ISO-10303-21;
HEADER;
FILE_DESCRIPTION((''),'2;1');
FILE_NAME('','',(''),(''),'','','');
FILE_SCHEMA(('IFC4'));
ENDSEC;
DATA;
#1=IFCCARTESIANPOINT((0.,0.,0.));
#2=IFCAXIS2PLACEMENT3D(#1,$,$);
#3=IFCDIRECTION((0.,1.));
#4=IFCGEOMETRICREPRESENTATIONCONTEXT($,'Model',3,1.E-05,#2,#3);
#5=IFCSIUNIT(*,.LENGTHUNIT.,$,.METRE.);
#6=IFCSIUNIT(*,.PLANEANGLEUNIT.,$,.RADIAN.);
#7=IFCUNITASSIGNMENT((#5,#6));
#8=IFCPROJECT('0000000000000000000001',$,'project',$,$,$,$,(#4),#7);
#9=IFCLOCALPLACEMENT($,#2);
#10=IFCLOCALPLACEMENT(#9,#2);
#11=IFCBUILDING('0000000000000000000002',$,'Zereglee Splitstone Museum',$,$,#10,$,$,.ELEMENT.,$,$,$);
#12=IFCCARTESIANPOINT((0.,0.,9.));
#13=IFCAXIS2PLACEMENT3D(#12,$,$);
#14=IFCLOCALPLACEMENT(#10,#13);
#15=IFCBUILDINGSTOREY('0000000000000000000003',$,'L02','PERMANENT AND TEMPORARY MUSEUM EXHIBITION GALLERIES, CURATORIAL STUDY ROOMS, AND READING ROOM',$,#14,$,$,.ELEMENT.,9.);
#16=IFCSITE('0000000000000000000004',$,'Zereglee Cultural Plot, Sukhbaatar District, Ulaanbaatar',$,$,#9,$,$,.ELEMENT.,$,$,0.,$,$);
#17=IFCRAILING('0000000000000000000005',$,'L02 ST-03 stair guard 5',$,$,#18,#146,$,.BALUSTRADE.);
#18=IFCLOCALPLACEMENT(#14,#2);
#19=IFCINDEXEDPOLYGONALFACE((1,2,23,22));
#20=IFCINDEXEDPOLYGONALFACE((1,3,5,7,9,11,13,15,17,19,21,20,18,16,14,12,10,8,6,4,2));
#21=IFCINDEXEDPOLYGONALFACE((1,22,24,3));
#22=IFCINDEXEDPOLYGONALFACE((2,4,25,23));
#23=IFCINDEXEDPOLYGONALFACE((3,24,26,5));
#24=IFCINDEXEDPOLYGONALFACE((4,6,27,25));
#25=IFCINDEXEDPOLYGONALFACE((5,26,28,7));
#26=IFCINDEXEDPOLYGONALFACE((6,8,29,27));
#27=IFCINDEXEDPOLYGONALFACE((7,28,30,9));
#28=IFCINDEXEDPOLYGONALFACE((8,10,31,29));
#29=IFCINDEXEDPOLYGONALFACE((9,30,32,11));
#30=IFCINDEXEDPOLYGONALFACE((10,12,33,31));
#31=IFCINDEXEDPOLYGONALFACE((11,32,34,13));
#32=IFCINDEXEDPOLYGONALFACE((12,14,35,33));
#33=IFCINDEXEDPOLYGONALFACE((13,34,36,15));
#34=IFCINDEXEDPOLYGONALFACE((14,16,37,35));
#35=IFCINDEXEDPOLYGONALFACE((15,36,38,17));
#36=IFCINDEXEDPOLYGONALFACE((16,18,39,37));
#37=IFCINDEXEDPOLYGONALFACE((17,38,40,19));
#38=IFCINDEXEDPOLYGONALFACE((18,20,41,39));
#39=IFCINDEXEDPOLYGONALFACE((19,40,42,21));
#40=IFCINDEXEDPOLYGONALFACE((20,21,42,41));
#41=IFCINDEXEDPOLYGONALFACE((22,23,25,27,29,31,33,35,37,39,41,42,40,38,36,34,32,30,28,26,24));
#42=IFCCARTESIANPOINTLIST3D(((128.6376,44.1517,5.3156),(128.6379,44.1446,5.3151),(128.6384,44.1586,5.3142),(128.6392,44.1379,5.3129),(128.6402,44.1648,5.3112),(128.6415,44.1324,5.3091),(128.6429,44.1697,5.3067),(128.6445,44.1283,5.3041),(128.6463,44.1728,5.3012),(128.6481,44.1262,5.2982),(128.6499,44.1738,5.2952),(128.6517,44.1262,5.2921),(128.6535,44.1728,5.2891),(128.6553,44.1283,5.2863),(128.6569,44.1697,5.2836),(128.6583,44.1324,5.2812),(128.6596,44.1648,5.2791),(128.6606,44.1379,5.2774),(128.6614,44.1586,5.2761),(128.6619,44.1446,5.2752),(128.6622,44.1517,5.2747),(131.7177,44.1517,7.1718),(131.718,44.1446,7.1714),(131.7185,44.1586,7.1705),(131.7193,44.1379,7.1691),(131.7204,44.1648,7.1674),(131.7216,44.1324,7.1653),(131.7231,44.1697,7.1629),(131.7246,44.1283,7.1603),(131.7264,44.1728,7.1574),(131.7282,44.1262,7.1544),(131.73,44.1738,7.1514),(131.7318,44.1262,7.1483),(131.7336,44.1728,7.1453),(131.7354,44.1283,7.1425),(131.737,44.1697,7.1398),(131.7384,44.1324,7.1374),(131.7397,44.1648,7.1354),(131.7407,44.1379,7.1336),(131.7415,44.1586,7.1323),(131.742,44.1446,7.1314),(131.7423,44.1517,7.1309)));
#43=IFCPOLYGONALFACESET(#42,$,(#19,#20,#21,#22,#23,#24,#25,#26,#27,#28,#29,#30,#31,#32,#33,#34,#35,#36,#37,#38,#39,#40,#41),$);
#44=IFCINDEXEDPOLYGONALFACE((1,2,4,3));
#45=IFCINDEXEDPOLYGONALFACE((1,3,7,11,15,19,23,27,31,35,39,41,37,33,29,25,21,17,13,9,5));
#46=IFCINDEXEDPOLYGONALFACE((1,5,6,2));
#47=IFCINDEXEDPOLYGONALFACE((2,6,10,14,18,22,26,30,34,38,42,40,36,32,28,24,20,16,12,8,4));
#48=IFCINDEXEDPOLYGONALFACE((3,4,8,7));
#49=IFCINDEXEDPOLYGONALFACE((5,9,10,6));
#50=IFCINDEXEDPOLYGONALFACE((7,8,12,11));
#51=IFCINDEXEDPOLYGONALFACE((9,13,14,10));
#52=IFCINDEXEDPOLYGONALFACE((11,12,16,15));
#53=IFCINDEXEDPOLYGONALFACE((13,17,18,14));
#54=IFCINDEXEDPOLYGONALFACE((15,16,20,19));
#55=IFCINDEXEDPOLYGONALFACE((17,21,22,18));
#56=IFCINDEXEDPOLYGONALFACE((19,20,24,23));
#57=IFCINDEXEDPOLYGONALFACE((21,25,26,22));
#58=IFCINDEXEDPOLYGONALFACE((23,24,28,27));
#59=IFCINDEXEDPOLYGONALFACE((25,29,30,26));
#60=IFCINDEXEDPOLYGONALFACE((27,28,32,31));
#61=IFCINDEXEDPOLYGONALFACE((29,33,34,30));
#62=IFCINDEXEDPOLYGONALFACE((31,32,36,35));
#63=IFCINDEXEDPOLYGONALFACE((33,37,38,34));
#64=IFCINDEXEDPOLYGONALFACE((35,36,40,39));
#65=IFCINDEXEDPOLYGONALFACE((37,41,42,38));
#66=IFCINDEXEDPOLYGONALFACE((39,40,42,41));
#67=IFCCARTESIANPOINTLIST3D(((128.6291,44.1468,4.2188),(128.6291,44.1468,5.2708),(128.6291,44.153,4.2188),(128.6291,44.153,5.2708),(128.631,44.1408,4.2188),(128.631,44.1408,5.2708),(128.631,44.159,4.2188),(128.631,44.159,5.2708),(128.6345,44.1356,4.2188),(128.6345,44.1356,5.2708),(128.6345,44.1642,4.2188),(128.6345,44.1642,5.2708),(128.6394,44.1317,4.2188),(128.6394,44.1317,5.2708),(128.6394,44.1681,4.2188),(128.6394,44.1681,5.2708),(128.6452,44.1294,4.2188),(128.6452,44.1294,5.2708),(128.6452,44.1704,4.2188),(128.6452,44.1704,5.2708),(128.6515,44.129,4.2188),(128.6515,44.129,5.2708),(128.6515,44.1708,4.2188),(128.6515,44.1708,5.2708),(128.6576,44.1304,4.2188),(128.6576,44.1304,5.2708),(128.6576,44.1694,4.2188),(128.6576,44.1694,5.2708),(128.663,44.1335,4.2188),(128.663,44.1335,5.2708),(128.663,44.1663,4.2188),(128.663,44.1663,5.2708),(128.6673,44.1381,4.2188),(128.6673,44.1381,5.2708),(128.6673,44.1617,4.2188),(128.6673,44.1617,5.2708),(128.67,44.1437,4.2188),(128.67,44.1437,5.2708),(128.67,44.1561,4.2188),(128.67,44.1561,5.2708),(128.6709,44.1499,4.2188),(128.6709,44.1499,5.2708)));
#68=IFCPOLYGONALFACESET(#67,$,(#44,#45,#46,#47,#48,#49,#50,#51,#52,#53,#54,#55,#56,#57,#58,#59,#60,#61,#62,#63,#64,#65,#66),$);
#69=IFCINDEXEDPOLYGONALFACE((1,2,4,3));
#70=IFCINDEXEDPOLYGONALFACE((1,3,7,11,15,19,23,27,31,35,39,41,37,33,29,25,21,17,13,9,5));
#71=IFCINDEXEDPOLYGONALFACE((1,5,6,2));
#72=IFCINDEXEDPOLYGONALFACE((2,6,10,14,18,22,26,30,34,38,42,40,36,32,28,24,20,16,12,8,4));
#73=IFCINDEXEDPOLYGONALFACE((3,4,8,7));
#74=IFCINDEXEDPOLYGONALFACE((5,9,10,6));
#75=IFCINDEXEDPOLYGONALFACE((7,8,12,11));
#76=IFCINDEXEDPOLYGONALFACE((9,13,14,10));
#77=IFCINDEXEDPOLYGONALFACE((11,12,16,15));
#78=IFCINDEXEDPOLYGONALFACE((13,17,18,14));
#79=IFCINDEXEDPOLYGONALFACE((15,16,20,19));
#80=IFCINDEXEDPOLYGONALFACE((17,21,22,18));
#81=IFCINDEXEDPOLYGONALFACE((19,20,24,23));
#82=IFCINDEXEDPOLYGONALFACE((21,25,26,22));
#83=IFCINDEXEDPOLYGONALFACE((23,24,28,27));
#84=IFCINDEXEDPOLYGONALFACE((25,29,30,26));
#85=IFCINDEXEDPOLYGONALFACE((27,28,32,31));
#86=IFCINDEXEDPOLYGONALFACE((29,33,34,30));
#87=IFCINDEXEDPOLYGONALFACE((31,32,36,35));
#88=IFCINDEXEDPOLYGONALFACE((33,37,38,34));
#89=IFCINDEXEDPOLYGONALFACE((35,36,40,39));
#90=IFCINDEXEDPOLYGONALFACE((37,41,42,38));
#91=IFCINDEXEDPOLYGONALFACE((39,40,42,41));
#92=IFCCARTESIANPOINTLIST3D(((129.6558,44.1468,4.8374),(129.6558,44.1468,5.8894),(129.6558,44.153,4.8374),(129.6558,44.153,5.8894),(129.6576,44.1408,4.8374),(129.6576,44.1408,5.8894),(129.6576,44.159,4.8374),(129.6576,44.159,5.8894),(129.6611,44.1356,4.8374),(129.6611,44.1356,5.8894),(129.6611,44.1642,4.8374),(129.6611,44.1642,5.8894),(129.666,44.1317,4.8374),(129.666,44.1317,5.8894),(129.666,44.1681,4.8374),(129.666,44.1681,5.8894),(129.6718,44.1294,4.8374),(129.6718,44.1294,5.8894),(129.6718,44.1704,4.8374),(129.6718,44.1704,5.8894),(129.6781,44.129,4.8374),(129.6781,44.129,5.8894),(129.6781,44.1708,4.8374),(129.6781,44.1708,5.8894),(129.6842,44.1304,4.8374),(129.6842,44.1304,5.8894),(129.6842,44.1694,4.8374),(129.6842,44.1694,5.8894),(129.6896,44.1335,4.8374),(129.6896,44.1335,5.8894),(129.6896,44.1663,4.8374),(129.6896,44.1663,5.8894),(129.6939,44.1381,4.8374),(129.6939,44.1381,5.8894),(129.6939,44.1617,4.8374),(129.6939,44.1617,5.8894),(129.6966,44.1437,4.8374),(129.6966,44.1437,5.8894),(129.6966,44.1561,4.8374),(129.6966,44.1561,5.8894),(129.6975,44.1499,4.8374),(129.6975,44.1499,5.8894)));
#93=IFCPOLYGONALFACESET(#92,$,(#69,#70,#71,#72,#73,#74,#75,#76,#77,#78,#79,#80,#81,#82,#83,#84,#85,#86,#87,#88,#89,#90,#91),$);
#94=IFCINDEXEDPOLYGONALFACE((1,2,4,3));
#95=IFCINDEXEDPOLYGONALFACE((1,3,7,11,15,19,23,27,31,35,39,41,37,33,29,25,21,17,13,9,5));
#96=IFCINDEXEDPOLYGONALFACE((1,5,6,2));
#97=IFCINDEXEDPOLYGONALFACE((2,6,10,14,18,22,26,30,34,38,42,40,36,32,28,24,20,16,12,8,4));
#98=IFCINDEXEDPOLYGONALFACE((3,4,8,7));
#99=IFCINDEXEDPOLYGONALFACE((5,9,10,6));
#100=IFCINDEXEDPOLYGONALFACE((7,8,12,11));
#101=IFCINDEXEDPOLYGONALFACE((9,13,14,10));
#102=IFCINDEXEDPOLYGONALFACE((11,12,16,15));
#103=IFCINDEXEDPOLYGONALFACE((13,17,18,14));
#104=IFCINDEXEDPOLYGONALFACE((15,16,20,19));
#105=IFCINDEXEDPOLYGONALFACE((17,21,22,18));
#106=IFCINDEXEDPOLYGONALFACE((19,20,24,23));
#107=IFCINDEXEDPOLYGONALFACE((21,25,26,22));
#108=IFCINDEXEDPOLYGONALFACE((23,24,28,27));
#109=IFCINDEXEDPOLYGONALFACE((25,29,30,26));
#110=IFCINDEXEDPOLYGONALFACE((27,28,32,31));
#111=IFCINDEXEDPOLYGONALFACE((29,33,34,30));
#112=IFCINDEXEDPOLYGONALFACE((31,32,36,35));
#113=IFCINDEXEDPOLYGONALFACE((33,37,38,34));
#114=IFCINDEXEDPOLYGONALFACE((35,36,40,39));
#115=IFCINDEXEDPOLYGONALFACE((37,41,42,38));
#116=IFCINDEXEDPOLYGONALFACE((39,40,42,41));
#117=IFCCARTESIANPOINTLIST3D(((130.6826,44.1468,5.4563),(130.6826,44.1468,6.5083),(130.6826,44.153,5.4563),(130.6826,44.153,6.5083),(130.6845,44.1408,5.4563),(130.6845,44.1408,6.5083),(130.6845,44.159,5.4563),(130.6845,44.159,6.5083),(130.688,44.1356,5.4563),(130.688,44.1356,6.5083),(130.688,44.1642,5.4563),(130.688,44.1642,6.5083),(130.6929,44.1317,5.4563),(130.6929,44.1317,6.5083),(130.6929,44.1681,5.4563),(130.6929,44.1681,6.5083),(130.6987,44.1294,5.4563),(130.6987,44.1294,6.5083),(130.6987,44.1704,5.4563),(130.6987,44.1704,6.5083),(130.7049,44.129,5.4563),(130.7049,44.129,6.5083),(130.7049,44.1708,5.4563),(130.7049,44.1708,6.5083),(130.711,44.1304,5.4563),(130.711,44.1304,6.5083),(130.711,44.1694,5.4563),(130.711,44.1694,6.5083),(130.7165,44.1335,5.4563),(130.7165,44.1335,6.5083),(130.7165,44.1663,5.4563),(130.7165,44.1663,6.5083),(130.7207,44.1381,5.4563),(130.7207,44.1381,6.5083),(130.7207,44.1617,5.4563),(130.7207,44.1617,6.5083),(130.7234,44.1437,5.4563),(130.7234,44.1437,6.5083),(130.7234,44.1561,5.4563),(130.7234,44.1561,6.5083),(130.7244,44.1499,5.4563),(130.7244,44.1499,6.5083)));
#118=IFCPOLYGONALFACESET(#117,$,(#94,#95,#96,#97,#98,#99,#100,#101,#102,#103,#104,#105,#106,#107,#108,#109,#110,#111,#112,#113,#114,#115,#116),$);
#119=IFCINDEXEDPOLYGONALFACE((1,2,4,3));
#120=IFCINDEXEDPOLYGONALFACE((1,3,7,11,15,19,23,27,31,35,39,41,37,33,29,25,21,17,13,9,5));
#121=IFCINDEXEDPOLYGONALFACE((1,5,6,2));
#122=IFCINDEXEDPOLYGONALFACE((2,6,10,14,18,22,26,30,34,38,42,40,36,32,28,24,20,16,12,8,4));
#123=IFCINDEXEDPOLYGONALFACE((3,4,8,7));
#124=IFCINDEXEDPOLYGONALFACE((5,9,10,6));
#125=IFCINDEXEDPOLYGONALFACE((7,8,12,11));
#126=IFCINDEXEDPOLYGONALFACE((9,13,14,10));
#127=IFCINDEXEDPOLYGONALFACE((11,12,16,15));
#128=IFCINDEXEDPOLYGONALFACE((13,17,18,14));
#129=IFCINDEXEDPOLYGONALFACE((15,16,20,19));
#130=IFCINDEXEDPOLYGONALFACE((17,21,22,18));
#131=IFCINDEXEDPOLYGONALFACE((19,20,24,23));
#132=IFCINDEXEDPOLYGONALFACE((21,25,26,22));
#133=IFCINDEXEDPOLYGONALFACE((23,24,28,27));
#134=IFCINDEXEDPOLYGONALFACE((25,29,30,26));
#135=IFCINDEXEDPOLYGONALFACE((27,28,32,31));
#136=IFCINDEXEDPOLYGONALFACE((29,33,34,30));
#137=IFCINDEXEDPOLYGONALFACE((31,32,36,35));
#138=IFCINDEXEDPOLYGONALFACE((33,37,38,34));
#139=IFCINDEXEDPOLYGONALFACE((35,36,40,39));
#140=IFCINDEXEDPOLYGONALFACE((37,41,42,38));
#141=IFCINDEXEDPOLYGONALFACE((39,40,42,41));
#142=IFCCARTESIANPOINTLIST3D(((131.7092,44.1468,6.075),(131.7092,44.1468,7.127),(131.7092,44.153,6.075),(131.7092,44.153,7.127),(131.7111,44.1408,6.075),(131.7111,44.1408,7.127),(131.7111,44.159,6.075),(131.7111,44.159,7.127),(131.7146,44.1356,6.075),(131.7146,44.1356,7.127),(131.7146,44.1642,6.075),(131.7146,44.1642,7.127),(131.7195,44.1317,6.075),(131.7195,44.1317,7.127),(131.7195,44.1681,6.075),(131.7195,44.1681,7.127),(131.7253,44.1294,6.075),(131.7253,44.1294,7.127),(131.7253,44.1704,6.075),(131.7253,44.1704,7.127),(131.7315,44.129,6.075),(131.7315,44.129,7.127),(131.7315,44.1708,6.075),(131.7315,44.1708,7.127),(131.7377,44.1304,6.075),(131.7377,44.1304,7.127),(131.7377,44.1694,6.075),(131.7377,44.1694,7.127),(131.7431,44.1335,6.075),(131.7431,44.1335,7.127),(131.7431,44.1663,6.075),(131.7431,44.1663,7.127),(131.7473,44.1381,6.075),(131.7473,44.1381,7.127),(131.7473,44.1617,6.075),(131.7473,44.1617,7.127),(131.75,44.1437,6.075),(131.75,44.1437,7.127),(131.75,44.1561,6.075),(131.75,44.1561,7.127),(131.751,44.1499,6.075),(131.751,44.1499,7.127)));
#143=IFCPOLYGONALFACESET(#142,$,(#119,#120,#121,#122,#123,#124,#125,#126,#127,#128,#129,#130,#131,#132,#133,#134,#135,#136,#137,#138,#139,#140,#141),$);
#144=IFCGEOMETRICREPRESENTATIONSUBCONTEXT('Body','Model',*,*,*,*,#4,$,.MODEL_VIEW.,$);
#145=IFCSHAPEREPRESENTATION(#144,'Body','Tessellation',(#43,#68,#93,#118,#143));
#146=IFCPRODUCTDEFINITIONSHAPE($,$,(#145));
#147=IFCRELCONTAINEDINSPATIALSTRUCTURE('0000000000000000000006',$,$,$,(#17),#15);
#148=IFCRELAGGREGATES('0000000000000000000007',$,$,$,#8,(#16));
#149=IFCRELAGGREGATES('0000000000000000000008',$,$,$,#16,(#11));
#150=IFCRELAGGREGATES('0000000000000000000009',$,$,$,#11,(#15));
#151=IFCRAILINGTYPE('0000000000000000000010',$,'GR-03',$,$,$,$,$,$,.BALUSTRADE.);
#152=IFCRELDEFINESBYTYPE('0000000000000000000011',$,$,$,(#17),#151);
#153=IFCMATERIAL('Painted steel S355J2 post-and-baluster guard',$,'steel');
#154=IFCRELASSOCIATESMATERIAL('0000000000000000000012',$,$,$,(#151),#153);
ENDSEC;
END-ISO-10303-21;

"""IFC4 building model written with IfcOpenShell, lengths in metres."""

from ifc_helpers import new_model, si_unit, direction, frame, origin, origin_2d, place, context, subcontext, project, spatial, circle, extrude, material, type_object, element, save


model = new_model("IFC4")

# Units and contexts
model_context = context("Model", 3, precision=1e-05, world=origin(), true_north=direction((0.0, 1.0)))
body_context = subcontext(model_context, "Body", "Model", "MODEL_VIEW")
ifc_project = project(units=[si_unit("LENGTHUNIT", "METRE"), si_unit("PLANEANGLEUNIT", "RADIAN")], contexts=[model_context])

# Site, building, storey
site_placement = place(None, origin())
site = spatial("IfcSite", under=ifc_project, at=site_placement, Name="Zereglee Cultural Plot, Sukhbaatar District, Ulaanbaatar", CompositionType="ELEMENT", RefElevation=0.0)
building_placement = place(site_placement, origin())
building = spatial("IfcBuilding", under=site, at=building_placement, Name="Zereglee Splitstone Museum", CompositionType="ELEMENT")
storey_placement = place(building_placement, frame((0.0, 0.0, 9.0)))
storey = spatial("IfcBuildingStorey", under=building, at=storey_placement, Name="L02", Description="PERMANENT AND TEMPORARY MUSEUM EXHIBITION GALLERIES, CURATORIAL STUDY ROOMS, AND READING ROOM", CompositionType="ELEMENT", Elevation=9.0)

# Railing
ifc_material_1 = material(Name="Painted steel S355J2 post-and-baluster guard", Category="steel")
railing_type_1 = type_object("IfcRailingType", Name="GR-03", PredefinedType="BALUSTRADE", material=ifc_material_1)
railing_1_placement = place(storey_placement, frame((128.6499, 44.1499, 4.2188)))
element("IfcRailing", 1, at=railing_1_placement, inside=storey, type_object=railing_type_1, Name="L02 ST-03 stair guard 5", PredefinedType="BALUSTRADE", context=body_context, shape_type="SweptSolid", body=[
    extrude(circle(Radius=0.0239, at=origin_2d()), frame((0.0, 0.0, 1.0764), z_axis=(0.856491, 0.0, 0.516162), x_axis=(0.0, 1.0, 0.0)), (0.0, 0.0, 1.0), 3.5962),
    extrude(circle(Radius=0.021, at=origin_2d()), origin(), (0.0, 0.0, 1.0), 1.052),
    extrude(circle(Radius=0.021, at=origin_2d()), frame((1.0266, 0.0, 0.6187)), (0.0, 0.0, 1.0), 1.052),
    extrude(circle(Radius=0.021, at=origin_2d()), frame((2.0535, 0.0, 1.2375)), (0.0, 0.0, 1.0), 1.052),
    extrude(circle(Radius=0.021, at=origin_2d()), frame((3.0801, 0.0, 1.8562)), (0.0, 0.0, 1.0), 1.052),
])

save(model, "model.ifc")
